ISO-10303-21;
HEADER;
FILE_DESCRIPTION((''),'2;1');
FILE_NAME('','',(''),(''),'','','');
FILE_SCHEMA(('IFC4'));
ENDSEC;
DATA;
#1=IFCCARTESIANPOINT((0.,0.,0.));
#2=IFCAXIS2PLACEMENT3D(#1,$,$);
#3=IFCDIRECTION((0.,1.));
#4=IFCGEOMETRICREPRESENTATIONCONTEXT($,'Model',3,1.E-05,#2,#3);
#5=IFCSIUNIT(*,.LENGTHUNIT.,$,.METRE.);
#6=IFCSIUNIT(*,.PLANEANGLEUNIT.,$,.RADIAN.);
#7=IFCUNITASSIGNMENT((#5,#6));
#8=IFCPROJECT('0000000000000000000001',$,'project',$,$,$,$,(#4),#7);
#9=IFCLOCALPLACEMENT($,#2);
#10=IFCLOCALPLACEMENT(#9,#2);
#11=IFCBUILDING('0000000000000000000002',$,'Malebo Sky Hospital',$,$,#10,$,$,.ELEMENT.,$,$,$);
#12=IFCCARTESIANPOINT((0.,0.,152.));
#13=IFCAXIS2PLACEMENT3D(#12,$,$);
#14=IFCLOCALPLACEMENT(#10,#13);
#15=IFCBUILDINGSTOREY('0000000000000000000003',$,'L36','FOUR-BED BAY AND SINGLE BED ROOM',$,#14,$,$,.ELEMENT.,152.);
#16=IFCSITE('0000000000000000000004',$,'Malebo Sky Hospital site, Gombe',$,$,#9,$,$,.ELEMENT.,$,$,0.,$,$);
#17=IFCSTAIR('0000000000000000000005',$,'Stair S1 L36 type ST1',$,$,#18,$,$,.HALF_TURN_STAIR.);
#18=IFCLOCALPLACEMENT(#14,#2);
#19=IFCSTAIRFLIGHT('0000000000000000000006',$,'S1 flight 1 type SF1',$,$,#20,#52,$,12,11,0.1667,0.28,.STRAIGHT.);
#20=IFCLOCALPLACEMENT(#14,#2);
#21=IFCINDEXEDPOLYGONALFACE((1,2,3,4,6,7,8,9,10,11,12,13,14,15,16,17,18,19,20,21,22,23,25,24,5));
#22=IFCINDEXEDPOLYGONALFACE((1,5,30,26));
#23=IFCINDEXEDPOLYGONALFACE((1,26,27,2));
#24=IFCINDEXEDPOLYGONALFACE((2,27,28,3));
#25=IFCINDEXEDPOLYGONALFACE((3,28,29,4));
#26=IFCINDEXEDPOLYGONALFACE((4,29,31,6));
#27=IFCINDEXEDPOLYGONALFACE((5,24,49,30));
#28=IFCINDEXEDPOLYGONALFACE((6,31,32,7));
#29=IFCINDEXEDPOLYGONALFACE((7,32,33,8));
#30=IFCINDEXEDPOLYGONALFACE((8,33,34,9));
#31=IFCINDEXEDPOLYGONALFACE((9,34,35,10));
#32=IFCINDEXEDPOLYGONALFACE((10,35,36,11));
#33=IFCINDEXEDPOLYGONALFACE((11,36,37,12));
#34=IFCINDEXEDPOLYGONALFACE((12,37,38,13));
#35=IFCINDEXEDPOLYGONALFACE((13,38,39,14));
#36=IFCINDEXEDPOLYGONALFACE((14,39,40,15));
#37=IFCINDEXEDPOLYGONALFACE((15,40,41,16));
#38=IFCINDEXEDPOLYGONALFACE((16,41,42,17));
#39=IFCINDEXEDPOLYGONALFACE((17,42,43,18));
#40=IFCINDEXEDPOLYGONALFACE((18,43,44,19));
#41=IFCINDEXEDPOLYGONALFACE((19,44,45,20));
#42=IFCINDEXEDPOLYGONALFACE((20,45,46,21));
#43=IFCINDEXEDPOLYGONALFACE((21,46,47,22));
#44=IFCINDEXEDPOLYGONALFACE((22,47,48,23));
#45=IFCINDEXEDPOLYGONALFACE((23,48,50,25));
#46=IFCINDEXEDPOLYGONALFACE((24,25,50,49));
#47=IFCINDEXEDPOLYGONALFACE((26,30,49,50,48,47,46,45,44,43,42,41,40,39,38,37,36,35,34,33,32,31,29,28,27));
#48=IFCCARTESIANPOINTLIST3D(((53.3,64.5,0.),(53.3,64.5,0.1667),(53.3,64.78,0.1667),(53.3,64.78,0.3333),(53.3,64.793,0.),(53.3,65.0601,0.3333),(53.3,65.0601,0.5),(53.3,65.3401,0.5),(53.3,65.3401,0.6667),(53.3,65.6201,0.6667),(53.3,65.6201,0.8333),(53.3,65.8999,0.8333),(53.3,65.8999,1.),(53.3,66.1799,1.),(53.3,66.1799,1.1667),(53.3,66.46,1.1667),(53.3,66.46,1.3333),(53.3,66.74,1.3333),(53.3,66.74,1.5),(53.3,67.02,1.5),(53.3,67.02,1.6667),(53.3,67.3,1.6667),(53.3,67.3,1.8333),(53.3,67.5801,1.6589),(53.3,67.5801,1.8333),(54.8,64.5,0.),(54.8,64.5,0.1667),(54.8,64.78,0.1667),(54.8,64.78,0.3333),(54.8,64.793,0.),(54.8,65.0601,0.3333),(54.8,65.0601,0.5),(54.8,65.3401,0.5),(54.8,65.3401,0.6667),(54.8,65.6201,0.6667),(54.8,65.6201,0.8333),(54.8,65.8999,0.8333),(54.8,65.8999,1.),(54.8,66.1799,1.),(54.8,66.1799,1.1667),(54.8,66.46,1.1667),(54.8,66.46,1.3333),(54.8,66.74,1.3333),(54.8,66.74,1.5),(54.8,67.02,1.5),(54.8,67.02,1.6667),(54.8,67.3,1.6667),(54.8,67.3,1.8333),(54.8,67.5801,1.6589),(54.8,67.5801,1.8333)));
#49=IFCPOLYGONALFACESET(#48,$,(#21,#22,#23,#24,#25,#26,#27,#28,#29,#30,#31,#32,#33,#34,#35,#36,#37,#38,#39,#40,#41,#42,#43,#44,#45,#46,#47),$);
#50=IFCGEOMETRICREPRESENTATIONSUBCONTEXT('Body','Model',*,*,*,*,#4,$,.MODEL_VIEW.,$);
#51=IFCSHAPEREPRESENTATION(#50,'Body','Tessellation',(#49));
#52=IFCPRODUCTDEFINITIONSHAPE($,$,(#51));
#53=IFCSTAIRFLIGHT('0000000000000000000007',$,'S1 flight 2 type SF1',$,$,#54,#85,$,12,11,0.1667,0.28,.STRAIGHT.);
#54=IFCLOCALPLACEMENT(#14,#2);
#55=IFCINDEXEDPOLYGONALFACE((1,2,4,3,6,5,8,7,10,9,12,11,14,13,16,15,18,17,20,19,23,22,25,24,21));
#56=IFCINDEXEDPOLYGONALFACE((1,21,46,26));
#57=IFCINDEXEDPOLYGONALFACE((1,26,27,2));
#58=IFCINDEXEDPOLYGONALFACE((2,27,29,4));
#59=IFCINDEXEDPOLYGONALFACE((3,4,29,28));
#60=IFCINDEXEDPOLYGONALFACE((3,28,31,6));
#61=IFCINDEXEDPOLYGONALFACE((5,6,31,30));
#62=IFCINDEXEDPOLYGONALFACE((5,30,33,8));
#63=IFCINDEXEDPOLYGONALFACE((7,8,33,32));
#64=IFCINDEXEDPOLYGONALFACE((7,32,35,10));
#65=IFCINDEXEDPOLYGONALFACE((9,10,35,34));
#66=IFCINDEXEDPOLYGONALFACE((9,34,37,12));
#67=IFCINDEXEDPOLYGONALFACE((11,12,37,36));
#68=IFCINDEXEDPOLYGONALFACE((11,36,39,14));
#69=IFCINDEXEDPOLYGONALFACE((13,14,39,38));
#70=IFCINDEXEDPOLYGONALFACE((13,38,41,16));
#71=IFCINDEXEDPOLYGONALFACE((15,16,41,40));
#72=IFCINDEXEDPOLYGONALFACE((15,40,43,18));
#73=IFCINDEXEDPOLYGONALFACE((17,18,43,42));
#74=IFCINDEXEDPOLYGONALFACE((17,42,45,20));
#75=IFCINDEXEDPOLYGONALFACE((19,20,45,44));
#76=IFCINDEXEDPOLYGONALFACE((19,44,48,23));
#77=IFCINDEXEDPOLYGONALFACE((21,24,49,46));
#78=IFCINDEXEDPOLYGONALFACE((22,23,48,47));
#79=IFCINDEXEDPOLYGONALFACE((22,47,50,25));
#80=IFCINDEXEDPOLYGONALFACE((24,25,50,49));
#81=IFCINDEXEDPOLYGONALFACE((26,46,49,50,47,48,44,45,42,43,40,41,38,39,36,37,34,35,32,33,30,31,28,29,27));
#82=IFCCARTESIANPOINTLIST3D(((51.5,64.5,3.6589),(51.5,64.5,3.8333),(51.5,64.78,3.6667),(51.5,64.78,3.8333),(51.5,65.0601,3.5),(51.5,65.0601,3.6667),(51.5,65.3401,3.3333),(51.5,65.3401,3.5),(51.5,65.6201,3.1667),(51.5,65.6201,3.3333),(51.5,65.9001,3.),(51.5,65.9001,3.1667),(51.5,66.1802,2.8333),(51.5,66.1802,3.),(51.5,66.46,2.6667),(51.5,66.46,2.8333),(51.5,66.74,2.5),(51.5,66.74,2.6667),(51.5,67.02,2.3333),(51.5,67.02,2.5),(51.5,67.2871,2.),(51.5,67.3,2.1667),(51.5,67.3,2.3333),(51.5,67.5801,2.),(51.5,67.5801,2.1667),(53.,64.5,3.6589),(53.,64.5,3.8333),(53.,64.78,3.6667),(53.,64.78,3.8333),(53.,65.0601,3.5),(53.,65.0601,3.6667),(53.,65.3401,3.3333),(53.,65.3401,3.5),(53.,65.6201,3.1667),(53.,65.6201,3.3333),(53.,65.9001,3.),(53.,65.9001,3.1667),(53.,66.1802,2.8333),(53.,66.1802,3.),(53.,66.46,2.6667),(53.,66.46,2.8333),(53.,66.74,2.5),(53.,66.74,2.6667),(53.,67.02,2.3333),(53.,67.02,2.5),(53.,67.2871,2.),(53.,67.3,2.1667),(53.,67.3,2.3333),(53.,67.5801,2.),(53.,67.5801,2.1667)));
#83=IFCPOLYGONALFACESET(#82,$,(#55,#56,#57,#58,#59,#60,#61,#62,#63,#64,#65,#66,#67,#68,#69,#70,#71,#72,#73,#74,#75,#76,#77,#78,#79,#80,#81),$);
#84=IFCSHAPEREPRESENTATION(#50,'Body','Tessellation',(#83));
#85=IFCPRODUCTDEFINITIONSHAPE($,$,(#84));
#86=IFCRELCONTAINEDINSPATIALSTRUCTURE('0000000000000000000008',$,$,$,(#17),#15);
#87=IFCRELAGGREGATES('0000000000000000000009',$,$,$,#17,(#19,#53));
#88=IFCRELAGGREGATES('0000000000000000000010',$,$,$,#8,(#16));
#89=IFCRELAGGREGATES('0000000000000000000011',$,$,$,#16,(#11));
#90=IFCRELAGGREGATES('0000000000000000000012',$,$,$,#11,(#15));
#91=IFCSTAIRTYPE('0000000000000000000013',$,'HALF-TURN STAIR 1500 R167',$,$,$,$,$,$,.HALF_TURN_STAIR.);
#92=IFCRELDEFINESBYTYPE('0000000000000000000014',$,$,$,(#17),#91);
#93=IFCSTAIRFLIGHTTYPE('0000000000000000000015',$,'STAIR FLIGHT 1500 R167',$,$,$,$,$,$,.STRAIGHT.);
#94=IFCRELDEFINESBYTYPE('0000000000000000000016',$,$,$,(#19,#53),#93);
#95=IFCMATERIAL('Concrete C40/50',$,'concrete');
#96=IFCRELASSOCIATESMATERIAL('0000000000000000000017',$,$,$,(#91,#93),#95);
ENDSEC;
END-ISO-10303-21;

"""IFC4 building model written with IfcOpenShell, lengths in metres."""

from ifc_helpers import new_model, si_unit, direction, frame, origin, place, context, subcontext, project, spatial, polyline, outline, extrude, material, type_object, element, aggregate, save


model = new_model("IFC4")

# Units and contexts
model_context = context("Model", 3, precision=1e-05, world=origin(), true_north=direction((0.0, 1.0)))
body_context = subcontext(model_context, "Body", "Model", "MODEL_VIEW")
ifc_project = project(units=[si_unit("LENGTHUNIT", "METRE"), si_unit("PLANEANGLEUNIT", "RADIAN")], contexts=[model_context])

# Site, building, storey
site_placement = place(None, origin())
site = spatial("IfcSite", under=ifc_project, at=site_placement, Name="Malebo Sky Hospital site, Gombe", CompositionType="ELEMENT", RefElevation=0.0)
building_placement = place(site_placement, origin())
building = spatial("IfcBuilding", under=site, at=building_placement, Name="Malebo Sky Hospital", CompositionType="ELEMENT")
storey_placement = place(building_placement, frame((0.0, 0.0, 152.0)))
storey = spatial("IfcBuildingStorey", under=building, at=storey_placement, Name="L36", Description="FOUR-BED BAY AND SINGLE BED ROOM", CompositionType="ELEMENT", Elevation=152.0)

# Stair, stair flights
ifc_material_1 = material(Name="Concrete C40/50", Category="concrete")
stair_type = type_object("IfcStairType", Name="HALF-TURN STAIR 1500 R167", PredefinedType="HALF_TURN_STAIR", material=ifc_material_1)
stair_placement = place(storey_placement, origin())
stair = element("IfcStair", 1, at=stair_placement, inside=storey, type_object=stair_type, Name="Stair S1 L36 type ST1", PredefinedType="HALF_TURN_STAIR")
stair_flight_type = type_object("IfcStairFlightType", Name="STAIR FLIGHT 1500 R167", PredefinedType="STRAIGHT", material=ifc_material_1)
stair_flight_1_placement = place(storey_placement, frame((54.05, 64.5, 0.0), z_axis=(0.0, 0.0, 1.0), x_axis=(0.0, 1.0, 0.0)))
stair_flight_1 = element("IfcStairFlight", 2, at=stair_flight_1_placement, type_object=stair_flight_type, Name="S1 flight 1 type SF1", NumberOfRisers=12, NumberOfTreads=11, PredefinedType="STRAIGHT", RiserHeight=0.1667, TreadLength=0.28, context=body_context, shape_type="SweptSolid", body=[
    extrude(outline(polyline([(0.0, 0.0), (0.0, 0.1667), (0.28, 0.1667), (0.28, 0.3333), (0.5601, 0.3333), (0.5601, 0.5), (0.8401, 0.5), (0.8401, 0.6667), (1.1201, 0.6667), (1.1201, 0.8333), (1.3999, 0.8333), (1.3999, 1.0), (1.6799, 1.0), (1.6799, 1.1667), (1.96, 1.1667), (1.96, 1.3333), (2.24, 1.3333), (2.24, 1.5), (2.52, 1.5), (2.52, 1.6667), (2.8, 1.6667), (2.8, 1.8333), (3.0801, 1.8333), (3.0801, 2.0), (3.0801, 1.6589), (0.293, 0.0), (0.0, 0.0)])), frame((0.0, 0.75, 0.0), z_axis=(0.0, -1.0, 0.0), x_axis=(1.0, 0.0, 0.0)), (0.0, 0.0, 1.0), 1.5),
])
stair_flight_2_placement = place(storey_placement, frame((52.25, 67.5801, 2.0), z_axis=(0.0, 0.0, 1.0), x_axis=(0.0, -1.0, 0.0)))
stair_flight_2 = element("IfcStairFlight", 3, at=stair_flight_2_placement, type_object=stair_flight_type, Name="S1 flight 2 type SF1", NumberOfRisers=12, NumberOfTreads=11, PredefinedType="STRAIGHT", RiserHeight=0.1667, TreadLength=0.28, context=body_context, shape_type="SweptSolid", body=[
    extrude(outline(polyline([(0.0, 0.0), (0.0, 0.1667), (0.28, 0.1667), (0.28, 0.3333), (0.5601, 0.3333), (0.5601, 0.5), (0.8401, 0.5), (0.8401, 0.6667), (1.1201, 0.6667), (1.1201, 0.8333), (1.3999, 0.8333), (1.3999, 1.0), (1.6799, 1.0), (1.6799, 1.1667), (1.96, 1.1667), (1.96, 1.3333), (2.24, 1.3333), (2.24, 1.5), (2.52, 1.5), (2.52, 1.6667), (2.8, 1.6667), (2.8, 1.8333), (3.0801, 1.8333), (3.0801, 2.0), (3.0801, 1.6589), (0.293, 0.0), (0.0, 0.0)])), frame((0.0, 0.75, 0.0), z_axis=(0.0, -1.0, 0.0), x_axis=(1.0, 0.0, 0.0)), (0.0, 0.0, 1.0), 1.5),
])
aggregate(stair, [stair_flight_1, stair_flight_2])

save(model, "model.ifc")
